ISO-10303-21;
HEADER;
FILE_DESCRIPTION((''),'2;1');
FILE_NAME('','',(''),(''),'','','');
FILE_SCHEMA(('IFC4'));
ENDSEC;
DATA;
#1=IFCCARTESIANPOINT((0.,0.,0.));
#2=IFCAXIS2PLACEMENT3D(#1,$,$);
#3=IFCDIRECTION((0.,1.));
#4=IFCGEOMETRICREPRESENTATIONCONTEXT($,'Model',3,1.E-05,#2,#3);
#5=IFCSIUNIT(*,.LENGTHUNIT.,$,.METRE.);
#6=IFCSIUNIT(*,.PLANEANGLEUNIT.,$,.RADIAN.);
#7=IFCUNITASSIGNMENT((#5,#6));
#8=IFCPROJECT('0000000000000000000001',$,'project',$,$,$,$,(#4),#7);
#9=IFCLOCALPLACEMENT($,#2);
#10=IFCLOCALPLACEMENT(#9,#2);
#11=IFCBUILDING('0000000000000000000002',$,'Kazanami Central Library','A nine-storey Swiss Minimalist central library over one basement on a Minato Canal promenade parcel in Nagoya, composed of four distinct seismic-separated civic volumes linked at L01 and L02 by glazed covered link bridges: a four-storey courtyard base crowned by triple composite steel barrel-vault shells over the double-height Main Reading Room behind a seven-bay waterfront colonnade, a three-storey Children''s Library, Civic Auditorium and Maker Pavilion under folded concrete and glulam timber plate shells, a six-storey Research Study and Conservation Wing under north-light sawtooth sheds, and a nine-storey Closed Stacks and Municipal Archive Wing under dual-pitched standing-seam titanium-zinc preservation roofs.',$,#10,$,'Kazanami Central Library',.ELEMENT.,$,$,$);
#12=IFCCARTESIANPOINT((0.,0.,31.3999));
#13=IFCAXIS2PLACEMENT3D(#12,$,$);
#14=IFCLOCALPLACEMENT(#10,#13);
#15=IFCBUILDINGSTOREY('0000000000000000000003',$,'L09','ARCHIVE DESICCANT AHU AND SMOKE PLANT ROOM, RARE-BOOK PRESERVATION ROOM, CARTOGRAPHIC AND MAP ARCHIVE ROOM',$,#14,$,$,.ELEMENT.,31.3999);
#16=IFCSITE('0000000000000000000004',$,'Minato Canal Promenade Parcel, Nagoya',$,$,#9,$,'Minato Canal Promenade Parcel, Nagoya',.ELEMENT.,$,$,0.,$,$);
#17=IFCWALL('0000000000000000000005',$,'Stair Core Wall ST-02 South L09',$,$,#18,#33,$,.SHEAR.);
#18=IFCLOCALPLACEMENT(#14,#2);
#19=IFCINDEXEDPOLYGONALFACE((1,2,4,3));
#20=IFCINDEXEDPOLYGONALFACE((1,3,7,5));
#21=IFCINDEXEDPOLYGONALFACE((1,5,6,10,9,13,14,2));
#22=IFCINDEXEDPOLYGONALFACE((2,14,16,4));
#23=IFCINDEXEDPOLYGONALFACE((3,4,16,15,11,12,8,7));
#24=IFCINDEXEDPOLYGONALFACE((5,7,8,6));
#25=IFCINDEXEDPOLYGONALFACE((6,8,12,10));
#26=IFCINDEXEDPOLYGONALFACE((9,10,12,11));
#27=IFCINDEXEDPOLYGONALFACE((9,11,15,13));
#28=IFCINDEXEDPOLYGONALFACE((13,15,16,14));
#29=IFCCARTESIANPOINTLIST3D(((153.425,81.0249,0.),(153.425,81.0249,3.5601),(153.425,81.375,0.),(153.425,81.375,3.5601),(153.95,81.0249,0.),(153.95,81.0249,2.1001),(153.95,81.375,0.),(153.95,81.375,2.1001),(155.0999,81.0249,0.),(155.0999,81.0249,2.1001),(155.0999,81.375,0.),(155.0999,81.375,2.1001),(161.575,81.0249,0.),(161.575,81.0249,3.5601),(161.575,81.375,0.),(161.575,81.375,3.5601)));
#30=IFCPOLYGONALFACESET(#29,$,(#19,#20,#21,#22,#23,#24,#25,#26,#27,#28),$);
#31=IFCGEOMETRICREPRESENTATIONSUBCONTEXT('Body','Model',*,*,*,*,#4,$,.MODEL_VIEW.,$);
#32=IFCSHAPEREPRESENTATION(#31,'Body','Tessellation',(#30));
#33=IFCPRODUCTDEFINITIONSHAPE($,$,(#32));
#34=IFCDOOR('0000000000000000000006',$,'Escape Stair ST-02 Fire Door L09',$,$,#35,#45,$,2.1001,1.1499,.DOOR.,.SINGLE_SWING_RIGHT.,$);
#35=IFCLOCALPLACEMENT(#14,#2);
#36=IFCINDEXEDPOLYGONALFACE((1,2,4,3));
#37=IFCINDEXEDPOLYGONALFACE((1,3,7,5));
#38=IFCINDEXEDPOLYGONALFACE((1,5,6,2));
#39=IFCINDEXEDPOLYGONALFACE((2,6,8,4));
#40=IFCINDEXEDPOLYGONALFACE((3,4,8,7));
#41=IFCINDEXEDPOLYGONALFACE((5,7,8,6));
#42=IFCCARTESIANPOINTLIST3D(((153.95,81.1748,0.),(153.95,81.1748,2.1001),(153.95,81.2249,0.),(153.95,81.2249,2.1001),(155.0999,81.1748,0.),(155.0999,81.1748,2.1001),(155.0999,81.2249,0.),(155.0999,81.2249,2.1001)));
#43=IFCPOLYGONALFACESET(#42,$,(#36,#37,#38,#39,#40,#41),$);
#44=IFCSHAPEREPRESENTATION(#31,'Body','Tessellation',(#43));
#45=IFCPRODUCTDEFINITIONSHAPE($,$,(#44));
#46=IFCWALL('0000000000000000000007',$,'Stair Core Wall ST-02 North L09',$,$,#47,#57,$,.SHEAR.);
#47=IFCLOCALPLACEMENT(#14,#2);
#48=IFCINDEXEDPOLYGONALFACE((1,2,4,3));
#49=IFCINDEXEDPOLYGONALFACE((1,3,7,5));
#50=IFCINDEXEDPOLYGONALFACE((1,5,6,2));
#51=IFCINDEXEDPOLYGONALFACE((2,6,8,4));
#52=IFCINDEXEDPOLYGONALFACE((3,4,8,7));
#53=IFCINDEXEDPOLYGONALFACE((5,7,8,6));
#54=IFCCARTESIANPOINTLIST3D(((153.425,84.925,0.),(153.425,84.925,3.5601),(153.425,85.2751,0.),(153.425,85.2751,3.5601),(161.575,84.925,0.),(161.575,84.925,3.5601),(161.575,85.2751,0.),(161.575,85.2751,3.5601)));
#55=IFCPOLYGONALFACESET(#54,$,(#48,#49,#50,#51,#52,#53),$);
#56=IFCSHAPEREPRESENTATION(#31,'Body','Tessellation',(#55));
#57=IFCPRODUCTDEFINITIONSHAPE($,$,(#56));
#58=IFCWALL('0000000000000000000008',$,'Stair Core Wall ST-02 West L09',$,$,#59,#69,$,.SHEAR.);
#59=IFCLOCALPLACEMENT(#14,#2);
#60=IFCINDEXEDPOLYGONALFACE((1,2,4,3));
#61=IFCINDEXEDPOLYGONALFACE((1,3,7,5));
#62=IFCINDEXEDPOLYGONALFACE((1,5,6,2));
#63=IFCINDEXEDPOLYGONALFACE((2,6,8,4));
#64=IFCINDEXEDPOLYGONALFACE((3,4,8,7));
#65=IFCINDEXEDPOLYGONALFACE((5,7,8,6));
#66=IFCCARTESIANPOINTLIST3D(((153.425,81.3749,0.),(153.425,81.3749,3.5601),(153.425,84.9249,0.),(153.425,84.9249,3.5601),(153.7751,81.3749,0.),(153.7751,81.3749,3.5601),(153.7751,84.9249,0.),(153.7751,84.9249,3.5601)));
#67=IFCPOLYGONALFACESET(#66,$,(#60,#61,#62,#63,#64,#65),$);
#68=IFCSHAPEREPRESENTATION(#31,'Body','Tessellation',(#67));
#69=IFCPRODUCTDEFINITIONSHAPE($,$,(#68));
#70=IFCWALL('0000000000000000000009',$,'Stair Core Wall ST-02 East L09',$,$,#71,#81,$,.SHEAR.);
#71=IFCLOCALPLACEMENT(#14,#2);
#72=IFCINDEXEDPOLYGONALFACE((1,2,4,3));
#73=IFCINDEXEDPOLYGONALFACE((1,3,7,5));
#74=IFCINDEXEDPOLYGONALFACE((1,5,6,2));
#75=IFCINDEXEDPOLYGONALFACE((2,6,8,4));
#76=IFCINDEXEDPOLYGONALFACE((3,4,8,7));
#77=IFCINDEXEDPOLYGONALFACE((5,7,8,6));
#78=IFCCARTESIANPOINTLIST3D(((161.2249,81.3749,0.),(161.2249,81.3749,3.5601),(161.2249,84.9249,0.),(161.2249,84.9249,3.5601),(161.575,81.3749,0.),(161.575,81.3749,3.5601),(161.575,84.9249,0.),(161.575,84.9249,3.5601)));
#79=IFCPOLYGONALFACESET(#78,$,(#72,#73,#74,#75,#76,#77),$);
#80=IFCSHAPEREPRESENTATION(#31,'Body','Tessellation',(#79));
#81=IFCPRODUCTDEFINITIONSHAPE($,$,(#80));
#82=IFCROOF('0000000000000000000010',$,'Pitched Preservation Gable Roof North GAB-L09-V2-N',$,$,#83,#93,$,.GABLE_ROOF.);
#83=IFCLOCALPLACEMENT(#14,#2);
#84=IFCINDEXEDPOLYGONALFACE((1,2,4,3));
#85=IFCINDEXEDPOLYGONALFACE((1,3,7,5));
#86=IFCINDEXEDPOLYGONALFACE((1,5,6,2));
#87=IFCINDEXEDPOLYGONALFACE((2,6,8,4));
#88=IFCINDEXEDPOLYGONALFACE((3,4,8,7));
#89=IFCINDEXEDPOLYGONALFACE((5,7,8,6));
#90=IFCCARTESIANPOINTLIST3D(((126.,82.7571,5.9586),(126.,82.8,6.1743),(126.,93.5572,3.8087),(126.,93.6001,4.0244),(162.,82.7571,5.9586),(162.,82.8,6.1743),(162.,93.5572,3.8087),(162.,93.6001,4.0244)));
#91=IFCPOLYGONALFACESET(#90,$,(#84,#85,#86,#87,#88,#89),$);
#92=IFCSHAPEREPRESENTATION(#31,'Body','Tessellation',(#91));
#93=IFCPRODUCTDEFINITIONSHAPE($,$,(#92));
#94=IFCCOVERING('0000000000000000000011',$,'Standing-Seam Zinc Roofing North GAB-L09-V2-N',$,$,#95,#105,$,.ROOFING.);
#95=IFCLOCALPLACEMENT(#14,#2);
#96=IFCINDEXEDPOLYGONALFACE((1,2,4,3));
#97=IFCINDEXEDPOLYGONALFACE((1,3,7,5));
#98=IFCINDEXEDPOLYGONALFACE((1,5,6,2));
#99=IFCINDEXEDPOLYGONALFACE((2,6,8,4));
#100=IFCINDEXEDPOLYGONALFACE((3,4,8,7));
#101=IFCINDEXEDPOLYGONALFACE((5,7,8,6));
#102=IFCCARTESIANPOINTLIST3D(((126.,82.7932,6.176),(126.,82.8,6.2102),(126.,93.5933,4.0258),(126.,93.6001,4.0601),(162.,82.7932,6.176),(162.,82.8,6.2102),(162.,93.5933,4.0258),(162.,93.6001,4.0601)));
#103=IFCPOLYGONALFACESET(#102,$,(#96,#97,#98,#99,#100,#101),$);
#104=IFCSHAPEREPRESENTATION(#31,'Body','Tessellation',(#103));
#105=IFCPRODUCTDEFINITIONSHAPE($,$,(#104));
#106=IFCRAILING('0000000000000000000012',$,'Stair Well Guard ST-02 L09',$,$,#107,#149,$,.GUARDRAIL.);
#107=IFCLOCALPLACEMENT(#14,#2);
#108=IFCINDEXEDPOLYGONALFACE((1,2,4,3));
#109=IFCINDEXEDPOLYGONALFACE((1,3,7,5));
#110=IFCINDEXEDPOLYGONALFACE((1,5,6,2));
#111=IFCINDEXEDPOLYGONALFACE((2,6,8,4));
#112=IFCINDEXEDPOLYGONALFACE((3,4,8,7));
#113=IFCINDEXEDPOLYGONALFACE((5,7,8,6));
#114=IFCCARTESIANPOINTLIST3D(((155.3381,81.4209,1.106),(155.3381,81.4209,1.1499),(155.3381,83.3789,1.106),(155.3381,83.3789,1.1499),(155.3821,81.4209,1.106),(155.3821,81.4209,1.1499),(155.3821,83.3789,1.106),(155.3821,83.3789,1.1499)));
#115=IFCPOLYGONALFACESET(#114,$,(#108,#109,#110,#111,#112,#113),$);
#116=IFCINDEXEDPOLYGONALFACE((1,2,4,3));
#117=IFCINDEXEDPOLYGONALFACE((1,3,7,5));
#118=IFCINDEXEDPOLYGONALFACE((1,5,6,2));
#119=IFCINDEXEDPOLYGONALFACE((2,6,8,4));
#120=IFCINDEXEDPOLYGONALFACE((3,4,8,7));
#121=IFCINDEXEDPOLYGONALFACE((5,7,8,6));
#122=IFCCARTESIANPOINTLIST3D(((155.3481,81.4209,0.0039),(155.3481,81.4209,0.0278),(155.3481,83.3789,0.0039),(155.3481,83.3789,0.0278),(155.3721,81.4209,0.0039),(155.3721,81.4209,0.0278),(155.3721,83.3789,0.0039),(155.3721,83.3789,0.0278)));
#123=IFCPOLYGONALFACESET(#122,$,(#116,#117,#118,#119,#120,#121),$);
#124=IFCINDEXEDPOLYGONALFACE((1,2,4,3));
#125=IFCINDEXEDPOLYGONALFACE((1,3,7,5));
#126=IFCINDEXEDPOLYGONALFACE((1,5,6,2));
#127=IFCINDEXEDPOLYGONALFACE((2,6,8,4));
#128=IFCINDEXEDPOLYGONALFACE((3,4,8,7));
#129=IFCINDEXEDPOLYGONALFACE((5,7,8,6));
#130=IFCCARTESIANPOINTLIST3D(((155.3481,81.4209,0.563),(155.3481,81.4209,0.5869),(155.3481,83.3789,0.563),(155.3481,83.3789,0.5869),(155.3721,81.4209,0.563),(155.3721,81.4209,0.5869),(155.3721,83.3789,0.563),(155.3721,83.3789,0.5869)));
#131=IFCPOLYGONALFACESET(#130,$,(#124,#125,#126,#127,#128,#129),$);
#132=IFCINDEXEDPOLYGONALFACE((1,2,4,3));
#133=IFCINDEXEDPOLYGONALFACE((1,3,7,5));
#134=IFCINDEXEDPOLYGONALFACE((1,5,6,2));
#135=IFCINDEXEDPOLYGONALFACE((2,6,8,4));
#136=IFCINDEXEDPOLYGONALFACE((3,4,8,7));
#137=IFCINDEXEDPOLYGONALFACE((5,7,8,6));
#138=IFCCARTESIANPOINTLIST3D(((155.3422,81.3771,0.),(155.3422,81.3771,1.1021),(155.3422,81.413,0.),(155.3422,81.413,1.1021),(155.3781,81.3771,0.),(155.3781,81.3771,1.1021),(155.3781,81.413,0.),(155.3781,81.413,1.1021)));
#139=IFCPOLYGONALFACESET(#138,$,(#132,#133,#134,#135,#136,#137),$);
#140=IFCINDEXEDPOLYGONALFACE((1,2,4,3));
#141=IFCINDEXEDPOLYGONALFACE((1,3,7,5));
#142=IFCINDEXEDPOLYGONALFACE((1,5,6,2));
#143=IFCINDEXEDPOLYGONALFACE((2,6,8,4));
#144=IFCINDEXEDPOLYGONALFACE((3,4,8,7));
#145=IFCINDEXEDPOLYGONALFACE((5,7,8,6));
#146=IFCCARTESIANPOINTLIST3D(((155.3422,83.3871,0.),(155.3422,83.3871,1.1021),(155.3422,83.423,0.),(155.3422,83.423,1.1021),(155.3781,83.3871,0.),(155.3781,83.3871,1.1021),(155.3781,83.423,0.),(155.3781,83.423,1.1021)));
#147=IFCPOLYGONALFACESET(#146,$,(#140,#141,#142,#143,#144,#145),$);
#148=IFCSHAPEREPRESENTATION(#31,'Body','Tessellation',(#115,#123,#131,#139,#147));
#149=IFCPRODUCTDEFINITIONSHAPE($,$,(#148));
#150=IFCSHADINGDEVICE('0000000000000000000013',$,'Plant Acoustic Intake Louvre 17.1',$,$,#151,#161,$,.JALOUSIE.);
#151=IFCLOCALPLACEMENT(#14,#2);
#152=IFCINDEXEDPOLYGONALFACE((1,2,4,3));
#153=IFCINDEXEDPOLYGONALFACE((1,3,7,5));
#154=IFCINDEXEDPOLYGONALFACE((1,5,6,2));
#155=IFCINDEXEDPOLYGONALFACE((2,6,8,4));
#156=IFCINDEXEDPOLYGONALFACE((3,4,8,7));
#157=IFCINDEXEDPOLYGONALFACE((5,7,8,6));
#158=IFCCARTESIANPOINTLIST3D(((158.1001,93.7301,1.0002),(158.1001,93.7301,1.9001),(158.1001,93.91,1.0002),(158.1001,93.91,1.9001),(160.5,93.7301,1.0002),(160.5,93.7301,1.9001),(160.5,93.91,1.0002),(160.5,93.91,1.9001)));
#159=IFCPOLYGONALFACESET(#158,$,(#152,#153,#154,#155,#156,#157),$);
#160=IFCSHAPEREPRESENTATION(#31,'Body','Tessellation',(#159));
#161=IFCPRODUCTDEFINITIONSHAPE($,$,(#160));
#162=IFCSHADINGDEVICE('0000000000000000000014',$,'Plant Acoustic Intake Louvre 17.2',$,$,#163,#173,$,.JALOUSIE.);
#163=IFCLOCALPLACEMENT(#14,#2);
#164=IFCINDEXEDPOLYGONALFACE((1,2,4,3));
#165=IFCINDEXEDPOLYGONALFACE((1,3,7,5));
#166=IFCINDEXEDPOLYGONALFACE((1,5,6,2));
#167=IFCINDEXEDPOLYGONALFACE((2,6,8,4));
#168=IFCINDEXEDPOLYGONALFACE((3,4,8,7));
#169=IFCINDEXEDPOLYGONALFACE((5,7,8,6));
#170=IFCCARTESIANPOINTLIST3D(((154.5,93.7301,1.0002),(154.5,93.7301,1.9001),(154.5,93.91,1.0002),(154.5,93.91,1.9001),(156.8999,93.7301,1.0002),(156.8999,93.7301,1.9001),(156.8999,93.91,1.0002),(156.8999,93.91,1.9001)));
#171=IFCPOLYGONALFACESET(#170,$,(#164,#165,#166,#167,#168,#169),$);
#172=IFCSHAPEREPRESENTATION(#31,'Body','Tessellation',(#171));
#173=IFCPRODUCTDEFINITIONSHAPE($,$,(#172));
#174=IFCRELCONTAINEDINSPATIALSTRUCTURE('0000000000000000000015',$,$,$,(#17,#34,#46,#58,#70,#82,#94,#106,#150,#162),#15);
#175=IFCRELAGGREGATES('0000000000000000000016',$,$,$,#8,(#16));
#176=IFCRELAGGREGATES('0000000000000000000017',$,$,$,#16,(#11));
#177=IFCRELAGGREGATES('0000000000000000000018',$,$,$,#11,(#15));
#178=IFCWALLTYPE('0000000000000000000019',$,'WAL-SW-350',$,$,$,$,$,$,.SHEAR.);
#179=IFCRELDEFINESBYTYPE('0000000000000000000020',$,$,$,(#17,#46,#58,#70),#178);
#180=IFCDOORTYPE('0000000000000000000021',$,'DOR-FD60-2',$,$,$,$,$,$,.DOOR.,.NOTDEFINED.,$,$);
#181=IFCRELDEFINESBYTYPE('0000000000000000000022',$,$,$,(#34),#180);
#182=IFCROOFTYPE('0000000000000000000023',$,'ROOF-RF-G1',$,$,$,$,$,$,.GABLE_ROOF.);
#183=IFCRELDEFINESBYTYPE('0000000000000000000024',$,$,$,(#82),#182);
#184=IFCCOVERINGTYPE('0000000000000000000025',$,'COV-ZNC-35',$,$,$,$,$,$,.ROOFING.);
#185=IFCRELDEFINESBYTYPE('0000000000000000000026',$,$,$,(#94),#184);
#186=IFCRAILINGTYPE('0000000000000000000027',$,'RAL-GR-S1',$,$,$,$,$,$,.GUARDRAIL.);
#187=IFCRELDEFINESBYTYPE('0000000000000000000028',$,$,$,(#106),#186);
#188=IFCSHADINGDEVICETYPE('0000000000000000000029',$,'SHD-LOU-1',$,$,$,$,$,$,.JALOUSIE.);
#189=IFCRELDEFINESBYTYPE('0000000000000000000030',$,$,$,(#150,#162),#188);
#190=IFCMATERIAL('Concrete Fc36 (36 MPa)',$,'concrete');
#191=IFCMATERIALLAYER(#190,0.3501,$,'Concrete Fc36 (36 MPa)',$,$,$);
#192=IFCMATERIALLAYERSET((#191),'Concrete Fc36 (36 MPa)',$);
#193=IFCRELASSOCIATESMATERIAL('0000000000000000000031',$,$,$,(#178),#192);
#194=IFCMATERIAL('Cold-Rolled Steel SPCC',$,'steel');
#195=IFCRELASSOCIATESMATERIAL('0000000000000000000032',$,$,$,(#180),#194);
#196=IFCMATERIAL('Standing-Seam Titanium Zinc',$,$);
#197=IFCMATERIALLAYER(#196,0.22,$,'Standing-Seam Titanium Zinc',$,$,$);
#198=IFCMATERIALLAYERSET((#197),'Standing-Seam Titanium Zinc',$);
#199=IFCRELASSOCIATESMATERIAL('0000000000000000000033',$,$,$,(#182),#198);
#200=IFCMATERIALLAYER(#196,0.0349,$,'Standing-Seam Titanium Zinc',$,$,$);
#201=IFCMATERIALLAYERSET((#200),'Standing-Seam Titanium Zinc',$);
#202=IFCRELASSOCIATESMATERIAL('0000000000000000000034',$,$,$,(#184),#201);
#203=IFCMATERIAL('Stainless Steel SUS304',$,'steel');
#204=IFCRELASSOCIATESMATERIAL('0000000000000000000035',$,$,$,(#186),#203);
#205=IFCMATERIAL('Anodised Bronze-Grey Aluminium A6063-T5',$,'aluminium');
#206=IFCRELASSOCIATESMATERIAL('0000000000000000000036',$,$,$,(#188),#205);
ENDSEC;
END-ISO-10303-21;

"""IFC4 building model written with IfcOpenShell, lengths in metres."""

from ifc_helpers import new_model, si_unit, direction, frame, frame_2d, origin, origin_2d, place, context, subcontext, project, spatial, polyline, rectangle, outline, extrude, material, layer, layer_set, type_object, element, fill, save


model = new_model("IFC4")

# Units and contexts
model_context = context("Model", 3, precision=1e-05, world=origin(), true_north=direction((0.0, 1.0)))
body_context = subcontext(model_context, "Body", "Model", "MODEL_VIEW")
ifc_project = project(units=[si_unit("LENGTHUNIT", "METRE"), si_unit("PLANEANGLEUNIT", "RADIAN")], contexts=[model_context])

# Site, building, storey
site_placement = place(None, origin())
site = spatial("IfcSite", under=ifc_project, at=site_placement, Name="Minato Canal Promenade Parcel, Nagoya", LongName="Minato Canal Promenade Parcel, Nagoya", CompositionType="ELEMENT", RefElevation=0.0)
building_placement = place(site_placement, origin())
building = spatial("IfcBuilding", under=site, at=building_placement, Name="Kazanami Central Library", Description="A nine-storey Swiss Minimalist central library over one basement on a Minato Canal promenade parcel in Nagoya, composed of four distinct seismic-separated civic volumes linked at L01 and L02 by glazed covered link bridges: a four-storey courtyard base crowned by triple composite steel barrel-vault shells over the double-height Main Reading Room behind a seven-bay waterfront colonnade, a three-storey Children's Library, Civic Auditorium and Maker Pavilion under folded concrete and glulam timber plate shells, a six-storey Research Study and Conservation Wing under north-light sawtooth sheds, and a nine-storey Closed Stacks and Municipal Archive Wing under dual-pitched standing-seam titanium-zinc preservation roofs.", LongName="Kazanami Central Library", CompositionType="ELEMENT")
storey_placement = place(building_placement, frame((0.0, 0.0, 31.3999)))
storey = spatial("IfcBuildingStorey", under=building, at=storey_placement, Name="L09", Description="ARCHIVE DESICCANT AHU AND SMOKE PLANT ROOM, RARE-BOOK PRESERVATION ROOM, CARTOGRAPHIC AND MAP ARCHIVE ROOM", CompositionType="ELEMENT", Elevation=31.3999)

# Shared definitions
ifc_material_1 = material(Name="Concrete Fc36 (36 MPa)", Category="concrete")

# Wall, opening, door
ifc_layer_1 = layer(ifc_material_1, 0.3501, Name="Concrete Fc36 (36 MPa)")
ifc_layer_set_1 = layer_set([ifc_layer_1], Name="Concrete Fc36 (36 MPa)")
wall_type_1 = type_object("IfcWallType", Name="WAL-SW-350", PredefinedType="SHEAR", material=ifc_layer_set_1)
wall_1_placement = place(storey_placement, frame((153.425, 81.2, 0.0), z_axis=(0.0, 0.0, 1.0), x_axis=(1.0, 0.0, 0.0)))
wall_1 = element("IfcWall", 1, at=wall_1_placement, inside=storey, type_object=wall_type_1, Name="Stair Core Wall ST-02 South L09", PredefinedType="SHEAR", context=body_context, shape_type="SweptSolid", body=[
    extrude(rectangle(XDim=8.1499, YDim=0.3501, at=frame_2d((4.075, 0.0))), origin(), (0.0, 0.0, 1.0), 3.5601),
])
opening_1_placement = place(wall_1_placement, frame((0.5249, 0.0, 0.0)))
opening_1 = element("IfcOpeningElement", 2, at=opening_1_placement, cuts=wall_1, PredefinedType="OPENING", context=body_context, shape_type="SweptSolid", body=[
    extrude(rectangle(XDim=1.1499, YDim=2.1001, at=frame_2d((0.575, 1.05))), frame((0.0, 0.187, 0.0), z_axis=(0.0, -1.0, 0.0), x_axis=(1.0, 0.0, 0.0)), (0.0, 0.0, 1.0), 0.374),
])
ifc_material_2 = material(Name="Cold-Rolled Steel SPCC", Category="steel")
door_type = type_object("IfcDoorType", Name="DOR-FD60-2", OperationType="NOTDEFINED", PredefinedType="DOOR", material=ifc_material_2)
door_placement = place(opening_1_placement, origin())
door = element("IfcDoor", 3, at=door_placement, inside=storey, type_object=door_type, Name="Escape Stair ST-02 Fire Door L09", OperationType="SINGLE_SWING_RIGHT", OverallHeight=2.1001, OverallWidth=1.1499, PredefinedType="DOOR", context=body_context, shape_type="SweptSolid", body=[
    extrude(rectangle(XDim=1.1499, YDim=2.1001, at=frame_2d((0.575, 1.05))), frame((0.0, 0.0249, 0.0), z_axis=(0.0, -1.0, 0.0), x_axis=(1.0, 0.0, 0.0)), (0.0, 0.0, 1.0), 0.05),
])
fill(opening_1, door)

# Walls
wall_2_placement = place(storey_placement, frame((153.425, 85.1001, 0.0), z_axis=(0.0, 0.0, 1.0), x_axis=(1.0, 0.0, 0.0)))
element("IfcWall", 4, at=wall_2_placement, inside=storey, type_object=wall_type_1, Name="Stair Core Wall ST-02 North L09", PredefinedType="SHEAR", context=body_context, shape_type="SweptSolid", body=[
    extrude(rectangle(XDim=8.1499, YDim=0.3501, at=frame_2d((4.075, 0.0))), origin(), (0.0, 0.0, 1.0), 3.5601),
])
for number, where, z_axis, x_axis, name in (
    (5, (153.6001, 81.375, 0.0), (0.0, 0.0, 1.0), (0.0, 1.0, 0.0), "Stair Core Wall ST-02 West L09"),
    (6, (161.3999, 81.375, 0.0), (0.0, 0.0, 1.0), (0.0, 1.0, 0.0), "Stair Core Wall ST-02 East L09"),
):
    element("IfcWall", number, at=place(storey_placement, frame(where, z_axis=z_axis, x_axis=x_axis)), inside=storey, type_object=wall_type_1, Name=name, PredefinedType="SHEAR", context=body_context, shape_type="SweptSolid", body=[
        extrude(rectangle(XDim=3.55, YDim=0.3501, at=frame_2d((1.7749, 0.0))), origin(), (0.0, 0.0, 1.0), 3.5601),
    ])

# Roof
ifc_material_3 = material(Name="Standing-Seam Titanium Zinc")
ifc_layer_2 = layer(ifc_material_3, 0.22, Name="Standing-Seam Titanium Zinc")
ifc_layer_set_2 = layer_set([ifc_layer_2], Name="Standing-Seam Titanium Zinc")
roof_type = type_object("IfcRoofType", Name="ROOF-RF-G1", PredefinedType="GABLE_ROOF", material=ifc_layer_set_2)
roof_placement = place(storey_placement, frame((162.0, 93.6001, 4.0244), z_axis=(0.0, 0.195233, 0.980757), x_axis=(-1.0, 0.0, 0.0)))
element("IfcRoof", 7, at=roof_placement, inside=storey, type_object=roof_type, Name="Pitched Preservation Gable Roof North GAB-L09-V2-N", PredefinedType="GABLE_ROOF", context=body_context, shape_type="SweptSolid", body=[
    extrude(outline(polyline([(0.0, 0.0), (36.0, 0.0), (36.0, 11.012), (0.0, 11.012), (0.0, 0.0)])), origin(), (0.0, 0.0, -1.0), 0.22),
])

# Covering
ifc_layer_3 = layer(ifc_material_3, 0.0349, Name="Standing-Seam Titanium Zinc")
ifc_layer_set_3 = layer_set([ifc_layer_3], Name="Standing-Seam Titanium Zinc")
covering_type = type_object("IfcCoveringType", Name="COV-ZNC-35", PredefinedType="ROOFING", material=ifc_layer_set_3)
covering_placement = place(storey_placement, frame((162.0, 93.6001, 4.0601), z_axis=(0.0, 0.195255, 0.980753), x_axis=(-1.0, 0.0, 0.0)))
element("IfcCovering", 8, at=covering_placement, inside=storey, type_object=covering_type, Name="Standing-Seam Zinc Roofing North GAB-L09-V2-N", PredefinedType="ROOFING", context=body_context, shape_type="SweptSolid", body=[
    extrude(outline(polyline([(0.0, 0.0), (36.0, 0.0), (36.0, 11.012), (0.0, 11.012), (0.0, 0.0)])), origin(), (0.0, 0.0, -1.0), 0.0349),
])

# Railing
ifc_material_4 = material(Name="Stainless Steel SUS304", Category="steel")
railing_type = type_object("IfcRailingType", Name="RAL-GR-S1", PredefinedType="GUARDRAIL", material=ifc_material_4)
railing_placement = place(storey_placement, frame((155.3601, 81.395, 0.0)))
element("IfcRailing", 9, at=railing_placement, inside=storey, type_object=railing_type, Name="Stair Well Guard ST-02 L09", PredefinedType="GUARDRAIL", context=body_context, shape_type="SweptSolid", body=[
    extrude(rectangle(XDim=0.0439, YDim=0.0439, at=origin_2d()), frame((0.0, 0.0259, 1.1279), z_axis=(0.0, 1.0, 0.0), x_axis=(-1.0, 0.0, 0.0)), (0.0, 0.0, 1.0), 1.958),
    extrude(rectangle(XDim=0.0239, YDim=0.0239, at=origin_2d()), frame((0.0, 0.0259, 0.0159), z_axis=(0.0, 1.0, 0.0), x_axis=(-1.0, 0.0, 0.0)), (0.0, 0.0, 1.0), 1.958),
    extrude(rectangle(XDim=0.0239, YDim=0.0239, at=origin_2d()), frame((0.0, 0.0259, 0.575), z_axis=(0.0, 1.0, 0.0), x_axis=(-1.0, 0.0, 0.0)), (0.0, 0.0, 1.0), 1.958),
    extrude(rectangle(XDim=0.0359, YDim=0.0359, at=origin_2d()), origin(), (0.0, 0.0, 1.0), 1.1021),
    extrude(rectangle(XDim=0.0359, YDim=0.0359, at=origin_2d()), frame((0.0, 2.01, 0.0)), (0.0, 0.0, 1.0), 1.1021),
])

# Shading devices
ifc_material_5 = material(Name="Anodised Bronze-Grey Aluminium A6063-T5", Category="aluminium")
shading_device_type = type_object("IfcShadingDeviceType", Name="SHD-LOU-1", PredefinedType="JALOUSIE", material=ifc_material_5)
for number, where, z_axis, x_axis, name in (
    (10, (159.3, 93.8201, 1.0002), (0.0, 0.0, 1.0), (-1.0, 0.0, 0.0), "Plant Acoustic Intake Louvre 17.1"),
    (11, (155.7, 93.8201, 1.0002), (0.0, 0.0, 1.0), (-1.0, 0.0, 0.0), "Plant Acoustic Intake Louvre 17.2"),
):
    element("IfcShadingDevice", number, at=place(storey_placement, frame(where, z_axis=z_axis, x_axis=x_axis)), inside=storey, type_object=shading_device_type, Name=name, PredefinedType="JALOUSIE", context=body_context, shape_type="SweptSolid", body=[
        extrude(rectangle(XDim=2.3999, YDim=0.1799, at=origin_2d()), origin(), (0.0, 0.0, 1.0), 0.8999),
    ])

save(model, "model.ifc")
